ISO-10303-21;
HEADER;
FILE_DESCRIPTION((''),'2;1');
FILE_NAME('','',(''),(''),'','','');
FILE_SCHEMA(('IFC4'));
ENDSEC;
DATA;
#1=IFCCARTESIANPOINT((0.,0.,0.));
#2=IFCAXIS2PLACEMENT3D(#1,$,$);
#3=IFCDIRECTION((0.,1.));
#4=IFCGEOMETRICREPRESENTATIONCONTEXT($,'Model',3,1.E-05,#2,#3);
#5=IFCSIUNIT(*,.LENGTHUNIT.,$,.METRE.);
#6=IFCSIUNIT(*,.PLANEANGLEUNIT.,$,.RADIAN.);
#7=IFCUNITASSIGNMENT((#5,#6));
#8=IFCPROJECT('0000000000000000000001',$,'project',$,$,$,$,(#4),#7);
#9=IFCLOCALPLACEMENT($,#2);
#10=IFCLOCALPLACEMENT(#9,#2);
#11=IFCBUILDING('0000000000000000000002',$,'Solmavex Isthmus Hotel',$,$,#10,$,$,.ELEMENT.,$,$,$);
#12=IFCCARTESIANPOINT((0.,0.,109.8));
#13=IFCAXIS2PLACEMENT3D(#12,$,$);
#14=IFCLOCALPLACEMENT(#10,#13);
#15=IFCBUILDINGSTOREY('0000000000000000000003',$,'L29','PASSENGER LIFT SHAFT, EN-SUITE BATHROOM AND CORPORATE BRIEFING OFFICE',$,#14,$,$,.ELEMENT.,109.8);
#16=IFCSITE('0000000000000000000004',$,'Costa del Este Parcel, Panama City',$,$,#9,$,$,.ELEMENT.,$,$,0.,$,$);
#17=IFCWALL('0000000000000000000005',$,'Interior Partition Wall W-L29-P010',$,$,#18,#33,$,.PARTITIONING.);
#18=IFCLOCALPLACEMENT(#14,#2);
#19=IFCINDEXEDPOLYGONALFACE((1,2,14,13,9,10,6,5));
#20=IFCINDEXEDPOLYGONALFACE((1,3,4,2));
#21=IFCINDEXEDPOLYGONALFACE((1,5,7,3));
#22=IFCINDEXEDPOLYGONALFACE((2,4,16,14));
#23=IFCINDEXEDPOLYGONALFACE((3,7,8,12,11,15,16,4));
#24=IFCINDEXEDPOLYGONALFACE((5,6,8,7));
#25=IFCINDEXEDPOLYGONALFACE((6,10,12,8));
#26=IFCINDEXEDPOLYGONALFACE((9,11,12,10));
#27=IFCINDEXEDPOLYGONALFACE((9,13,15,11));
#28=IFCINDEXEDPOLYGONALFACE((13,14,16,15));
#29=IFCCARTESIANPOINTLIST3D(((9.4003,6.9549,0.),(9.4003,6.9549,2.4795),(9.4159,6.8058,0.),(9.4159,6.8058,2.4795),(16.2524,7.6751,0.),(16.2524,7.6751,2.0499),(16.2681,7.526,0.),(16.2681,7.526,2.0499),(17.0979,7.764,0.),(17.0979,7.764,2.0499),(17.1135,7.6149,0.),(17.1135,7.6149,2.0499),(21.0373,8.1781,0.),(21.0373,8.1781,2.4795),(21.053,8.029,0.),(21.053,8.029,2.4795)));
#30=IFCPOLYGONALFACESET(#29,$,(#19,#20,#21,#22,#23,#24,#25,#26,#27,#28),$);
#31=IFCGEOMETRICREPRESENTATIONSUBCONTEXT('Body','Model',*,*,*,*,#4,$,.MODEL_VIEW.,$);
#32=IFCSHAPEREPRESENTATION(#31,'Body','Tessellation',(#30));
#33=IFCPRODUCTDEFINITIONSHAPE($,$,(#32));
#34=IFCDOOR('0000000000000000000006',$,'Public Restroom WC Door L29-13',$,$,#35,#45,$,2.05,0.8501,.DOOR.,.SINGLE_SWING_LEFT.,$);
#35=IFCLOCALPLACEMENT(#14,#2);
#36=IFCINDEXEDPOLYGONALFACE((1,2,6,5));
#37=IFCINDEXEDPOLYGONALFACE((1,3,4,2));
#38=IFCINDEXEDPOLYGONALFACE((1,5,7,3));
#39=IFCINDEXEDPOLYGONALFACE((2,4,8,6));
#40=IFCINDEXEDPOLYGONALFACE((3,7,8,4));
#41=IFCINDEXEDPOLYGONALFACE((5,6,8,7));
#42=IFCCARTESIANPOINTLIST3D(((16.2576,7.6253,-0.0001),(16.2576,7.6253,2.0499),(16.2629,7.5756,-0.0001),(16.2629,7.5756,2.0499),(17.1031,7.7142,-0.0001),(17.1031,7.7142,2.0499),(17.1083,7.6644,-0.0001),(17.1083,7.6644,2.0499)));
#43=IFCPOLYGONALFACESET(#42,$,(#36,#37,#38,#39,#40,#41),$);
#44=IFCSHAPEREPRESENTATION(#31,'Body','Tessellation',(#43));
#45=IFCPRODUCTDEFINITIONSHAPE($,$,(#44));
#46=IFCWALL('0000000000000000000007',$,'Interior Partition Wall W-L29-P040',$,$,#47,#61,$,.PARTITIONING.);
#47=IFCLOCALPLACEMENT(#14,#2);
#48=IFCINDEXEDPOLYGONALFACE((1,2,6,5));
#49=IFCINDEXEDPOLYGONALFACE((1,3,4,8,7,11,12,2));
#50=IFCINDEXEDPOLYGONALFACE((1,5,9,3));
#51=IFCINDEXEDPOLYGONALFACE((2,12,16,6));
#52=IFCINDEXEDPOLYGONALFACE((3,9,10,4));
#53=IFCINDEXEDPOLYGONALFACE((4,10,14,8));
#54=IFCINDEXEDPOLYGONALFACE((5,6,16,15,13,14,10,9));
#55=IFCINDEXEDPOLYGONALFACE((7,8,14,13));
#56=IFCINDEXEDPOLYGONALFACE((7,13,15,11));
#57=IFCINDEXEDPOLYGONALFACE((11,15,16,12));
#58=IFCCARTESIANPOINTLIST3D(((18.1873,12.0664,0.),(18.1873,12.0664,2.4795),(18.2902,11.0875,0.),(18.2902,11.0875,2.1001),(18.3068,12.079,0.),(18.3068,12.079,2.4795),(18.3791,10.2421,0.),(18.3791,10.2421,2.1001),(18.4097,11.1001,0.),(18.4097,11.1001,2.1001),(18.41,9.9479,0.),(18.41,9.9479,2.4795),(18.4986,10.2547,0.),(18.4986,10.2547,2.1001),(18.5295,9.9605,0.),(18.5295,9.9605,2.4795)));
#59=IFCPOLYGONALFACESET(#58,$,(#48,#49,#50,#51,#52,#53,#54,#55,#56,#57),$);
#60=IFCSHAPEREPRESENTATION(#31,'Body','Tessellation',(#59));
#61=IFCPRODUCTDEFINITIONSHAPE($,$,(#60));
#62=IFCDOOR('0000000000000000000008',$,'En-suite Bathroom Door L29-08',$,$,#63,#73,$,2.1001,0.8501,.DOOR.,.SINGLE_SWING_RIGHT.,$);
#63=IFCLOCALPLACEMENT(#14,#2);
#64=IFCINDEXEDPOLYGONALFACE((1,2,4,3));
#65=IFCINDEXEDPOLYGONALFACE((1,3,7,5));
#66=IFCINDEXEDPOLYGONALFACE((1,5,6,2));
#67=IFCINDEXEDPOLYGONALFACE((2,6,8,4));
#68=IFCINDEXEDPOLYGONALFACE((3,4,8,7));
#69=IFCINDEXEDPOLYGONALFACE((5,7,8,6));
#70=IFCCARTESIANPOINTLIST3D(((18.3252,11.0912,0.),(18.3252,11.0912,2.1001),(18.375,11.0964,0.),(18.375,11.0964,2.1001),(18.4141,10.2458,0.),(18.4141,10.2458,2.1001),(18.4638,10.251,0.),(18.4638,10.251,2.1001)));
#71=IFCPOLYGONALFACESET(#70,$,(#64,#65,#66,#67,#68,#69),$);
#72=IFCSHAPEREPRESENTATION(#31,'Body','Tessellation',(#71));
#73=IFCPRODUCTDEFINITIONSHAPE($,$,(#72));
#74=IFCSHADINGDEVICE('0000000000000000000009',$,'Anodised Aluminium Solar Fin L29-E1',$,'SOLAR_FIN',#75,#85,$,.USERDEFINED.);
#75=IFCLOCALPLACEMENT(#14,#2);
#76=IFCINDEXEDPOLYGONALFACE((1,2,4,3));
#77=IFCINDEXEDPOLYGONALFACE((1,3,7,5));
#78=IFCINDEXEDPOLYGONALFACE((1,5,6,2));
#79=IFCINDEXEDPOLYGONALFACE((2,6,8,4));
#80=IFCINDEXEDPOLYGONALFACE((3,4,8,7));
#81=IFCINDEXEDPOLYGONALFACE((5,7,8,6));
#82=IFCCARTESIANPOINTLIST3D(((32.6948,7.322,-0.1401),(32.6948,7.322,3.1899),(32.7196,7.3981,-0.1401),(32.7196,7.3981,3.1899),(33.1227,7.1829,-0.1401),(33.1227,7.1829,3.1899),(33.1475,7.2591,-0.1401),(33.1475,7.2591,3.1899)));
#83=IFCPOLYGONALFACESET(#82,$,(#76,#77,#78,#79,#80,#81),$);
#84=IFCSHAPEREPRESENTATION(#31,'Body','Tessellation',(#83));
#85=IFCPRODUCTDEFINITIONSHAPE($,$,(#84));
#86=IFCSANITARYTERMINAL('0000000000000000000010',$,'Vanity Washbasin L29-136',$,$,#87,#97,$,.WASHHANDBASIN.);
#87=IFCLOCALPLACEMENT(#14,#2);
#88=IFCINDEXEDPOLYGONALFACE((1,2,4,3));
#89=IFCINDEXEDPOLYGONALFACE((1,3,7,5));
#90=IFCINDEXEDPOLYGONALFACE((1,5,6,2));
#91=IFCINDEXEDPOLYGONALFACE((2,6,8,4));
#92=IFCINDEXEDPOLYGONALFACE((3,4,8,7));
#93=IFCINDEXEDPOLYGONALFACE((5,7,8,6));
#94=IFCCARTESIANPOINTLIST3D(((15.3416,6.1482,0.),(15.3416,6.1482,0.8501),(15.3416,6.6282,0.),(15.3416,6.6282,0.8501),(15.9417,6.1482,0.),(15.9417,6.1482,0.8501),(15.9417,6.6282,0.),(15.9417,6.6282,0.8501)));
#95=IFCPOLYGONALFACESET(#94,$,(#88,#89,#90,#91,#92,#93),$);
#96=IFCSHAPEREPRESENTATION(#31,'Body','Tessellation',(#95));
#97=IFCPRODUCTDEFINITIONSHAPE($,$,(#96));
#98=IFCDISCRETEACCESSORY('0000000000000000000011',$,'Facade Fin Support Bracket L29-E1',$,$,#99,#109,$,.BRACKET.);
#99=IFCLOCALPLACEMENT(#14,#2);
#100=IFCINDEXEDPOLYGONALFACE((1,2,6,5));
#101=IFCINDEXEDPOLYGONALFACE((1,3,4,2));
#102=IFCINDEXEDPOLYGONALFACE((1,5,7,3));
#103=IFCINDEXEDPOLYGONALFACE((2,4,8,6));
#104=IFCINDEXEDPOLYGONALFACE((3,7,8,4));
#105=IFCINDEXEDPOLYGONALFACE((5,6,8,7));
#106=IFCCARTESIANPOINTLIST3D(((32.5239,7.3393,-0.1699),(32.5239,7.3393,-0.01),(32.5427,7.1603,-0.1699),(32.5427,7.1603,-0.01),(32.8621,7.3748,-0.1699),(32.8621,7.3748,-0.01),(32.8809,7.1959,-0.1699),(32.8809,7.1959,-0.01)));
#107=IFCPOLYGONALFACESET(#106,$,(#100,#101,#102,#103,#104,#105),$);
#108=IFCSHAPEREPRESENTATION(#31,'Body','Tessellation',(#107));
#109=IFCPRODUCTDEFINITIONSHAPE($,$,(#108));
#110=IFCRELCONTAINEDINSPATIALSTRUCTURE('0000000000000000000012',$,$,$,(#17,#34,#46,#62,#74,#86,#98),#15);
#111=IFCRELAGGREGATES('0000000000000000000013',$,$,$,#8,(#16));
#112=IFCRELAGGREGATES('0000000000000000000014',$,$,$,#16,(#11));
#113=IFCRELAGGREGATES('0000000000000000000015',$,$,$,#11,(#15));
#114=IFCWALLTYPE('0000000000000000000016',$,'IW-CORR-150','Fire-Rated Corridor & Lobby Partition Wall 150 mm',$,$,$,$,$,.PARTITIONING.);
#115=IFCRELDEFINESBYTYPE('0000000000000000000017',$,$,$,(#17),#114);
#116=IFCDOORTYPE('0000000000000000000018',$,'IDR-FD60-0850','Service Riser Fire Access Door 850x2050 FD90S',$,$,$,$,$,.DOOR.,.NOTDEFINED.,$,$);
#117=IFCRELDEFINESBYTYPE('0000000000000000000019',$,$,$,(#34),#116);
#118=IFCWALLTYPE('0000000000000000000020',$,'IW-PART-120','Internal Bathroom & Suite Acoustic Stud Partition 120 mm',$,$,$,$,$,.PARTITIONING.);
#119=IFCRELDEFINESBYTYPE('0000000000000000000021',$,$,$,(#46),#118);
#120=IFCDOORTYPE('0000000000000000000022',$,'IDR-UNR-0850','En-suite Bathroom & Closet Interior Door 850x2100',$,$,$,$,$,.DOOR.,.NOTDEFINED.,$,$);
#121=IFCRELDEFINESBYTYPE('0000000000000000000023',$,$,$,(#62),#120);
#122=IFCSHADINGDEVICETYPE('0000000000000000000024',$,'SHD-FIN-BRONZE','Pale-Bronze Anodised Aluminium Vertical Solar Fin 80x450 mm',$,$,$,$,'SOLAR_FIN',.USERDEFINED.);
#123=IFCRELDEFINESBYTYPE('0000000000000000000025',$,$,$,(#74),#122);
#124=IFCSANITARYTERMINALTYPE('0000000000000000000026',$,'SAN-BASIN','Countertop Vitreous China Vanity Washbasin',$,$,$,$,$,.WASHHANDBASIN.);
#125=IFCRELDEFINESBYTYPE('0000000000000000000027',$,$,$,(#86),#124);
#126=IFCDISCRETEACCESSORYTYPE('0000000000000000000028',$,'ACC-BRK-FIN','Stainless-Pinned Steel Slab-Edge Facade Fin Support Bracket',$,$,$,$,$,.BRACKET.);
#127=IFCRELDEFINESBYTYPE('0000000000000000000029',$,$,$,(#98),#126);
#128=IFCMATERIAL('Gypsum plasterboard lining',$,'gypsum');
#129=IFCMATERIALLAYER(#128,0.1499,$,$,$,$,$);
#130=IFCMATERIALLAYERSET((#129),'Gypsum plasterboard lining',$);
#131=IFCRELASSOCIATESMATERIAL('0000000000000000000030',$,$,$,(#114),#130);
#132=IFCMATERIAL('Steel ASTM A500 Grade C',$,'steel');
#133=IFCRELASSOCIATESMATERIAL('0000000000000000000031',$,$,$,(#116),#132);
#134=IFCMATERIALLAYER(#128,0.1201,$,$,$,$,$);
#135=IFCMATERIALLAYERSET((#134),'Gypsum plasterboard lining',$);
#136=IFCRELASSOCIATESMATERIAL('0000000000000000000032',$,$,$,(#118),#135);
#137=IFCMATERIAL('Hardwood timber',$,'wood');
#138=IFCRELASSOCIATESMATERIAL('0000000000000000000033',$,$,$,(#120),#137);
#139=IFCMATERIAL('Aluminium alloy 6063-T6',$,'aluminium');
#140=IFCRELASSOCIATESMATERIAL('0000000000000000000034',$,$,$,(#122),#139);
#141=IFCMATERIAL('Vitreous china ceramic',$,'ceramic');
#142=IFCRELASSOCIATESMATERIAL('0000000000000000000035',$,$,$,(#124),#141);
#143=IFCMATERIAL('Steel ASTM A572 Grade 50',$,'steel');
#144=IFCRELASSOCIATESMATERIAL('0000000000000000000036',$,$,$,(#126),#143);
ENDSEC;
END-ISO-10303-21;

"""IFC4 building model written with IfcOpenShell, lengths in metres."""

from ifc_helpers import new_model, si_unit, direction, frame, frame_2d, origin, origin_2d, place, context, subcontext, project, spatial, rectangle, extrude, material, layer, layer_set, type_object, element, fill, save


model = new_model("IFC4")

# Units and contexts
model_context = context("Model", 3, precision=1e-05, world=origin(), true_north=direction((0.0, 1.0)))
body_context = subcontext(model_context, "Body", "Model", "MODEL_VIEW")
ifc_project = project(units=[si_unit("LENGTHUNIT", "METRE"), si_unit("PLANEANGLEUNIT", "RADIAN")], contexts=[model_context])

# Site, building, storey
site_placement = place(None, origin())
site = spatial("IfcSite", under=ifc_project, at=site_placement, Name="Costa del Este Parcel, Panama City", CompositionType="ELEMENT", RefElevation=0.0)
building_placement = place(site_placement, origin())
building = spatial("IfcBuilding", under=site, at=building_placement, Name="Solmavex Isthmus Hotel", CompositionType="ELEMENT")
storey_placement = place(building_placement, frame((0.0, 0.0, 109.8)))
storey = spatial("IfcBuildingStorey", under=building, at=storey_placement, Name="L29", Description="PASSENGER LIFT SHAFT, EN-SUITE BATHROOM AND CORPORATE BRIEFING OFFICE", CompositionType="ELEMENT", Elevation=109.8)

# Shared definitions
ifc_material_1 = material(Name="Aluminium alloy 6063-T6", Category="aluminium")

# Shared definitions
ifc_material_2 = material(Name="Gypsum plasterboard lining", Category="gypsum")
ifc_layer_1 = layer(ifc_material_2, 0.1499)
ifc_layer_set_1 = layer_set([ifc_layer_1], Name="Gypsum plasterboard lining")
wall_type_1 = type_object("IfcWallType", Name="IW-CORR-150", Description="Fire-Rated Corridor & Lobby Partition Wall 150 mm", PredefinedType="PARTITIONING", material=ifc_layer_set_1)

# Walls, openings, doors
wall_1_placement = place(storey_placement, frame((21.0452, 8.1035, 0.0), z_axis=(0.0, 0.0, 1.0), x_axis=(-0.994521, -0.104533, 0.0)))
wall_1 = element("IfcWall", 1, at=wall_1_placement, inside=storey, type_object=wall_type_1, Name="Interior Partition Wall W-L29-P010", PredefinedType="PARTITIONING", context=body_context, shape_type="SweptSolid", body=[
    extrude(rectangle(XDim=11.7012, YDim=0.1499, at=frame_2d((5.8506, 0.0))), origin(), (0.0, 0.0, 1.0), 2.4795),
])
opening_1_placement = place(wall_1_placement, frame((3.9612, 0.0, 0.0)))
opening_1 = element("IfcOpeningElement", 2, at=opening_1_placement, cuts=wall_1, PredefinedType="OPENING", context=body_context, shape_type="SweptSolid", body=[
    extrude(rectangle(XDim=0.8501, YDim=2.05, at=frame_2d((0.425, 1.0249))), frame((0.0, 0.085, 0.0), z_axis=(0.0, -1.0, 0.0), x_axis=(1.0, 0.0, 0.0)), (0.0, 0.0, 1.0), 0.1699),
])
ifc_material_3 = material(Name="Steel ASTM A500 Grade C", Category="steel")
door_type_1 = type_object("IfcDoorType", Name="IDR-FD60-0850", Description="Service Riser Fire Access Door 850x2050 FD90S", OperationType="NOTDEFINED", PredefinedType="DOOR", material=ifc_material_3)
door_1_placement = place(opening_1_placement, frame((0.8501, 0.0, 0.0), z_axis=(0.0, 0.0, 1.0), x_axis=(-1.0, 0.0, 0.0)))
door_1 = element("IfcDoor", 3, at=door_1_placement, inside=storey, type_object=door_type_1, Name="Public Restroom WC Door L29-13", OperationType="SINGLE_SWING_LEFT", OverallHeight=2.05, OverallWidth=0.8501, PredefinedType="DOOR", context=body_context, shape_type="SweptSolid", body=[
    extrude(rectangle(XDim=0.8501, YDim=2.05, at=frame_2d((0.425, 1.0249))), frame((0.0, 0.0249, 0.0), z_axis=(0.0, -1.0, 0.0), x_axis=(1.0, 0.0, 0.0)), (0.0, 0.0, 1.0), 0.05),
])
fill(opening_1, door_1)
ifc_material_4 = material(Name="Hardwood timber", Category="wood")
ifc_layer_2 = layer(ifc_material_2, 0.1201)
ifc_layer_set_2 = layer_set([ifc_layer_2], Name="Gypsum plasterboard lining")
wall_type_2 = type_object("IfcWallType", Name="IW-PART-120", Description="Internal Bathroom & Suite Acoustic Stud Partition 120 mm", PredefinedType="PARTITIONING", material=ifc_layer_set_2)
wall_2_placement = place(storey_placement, frame((18.4697, 9.9543, 0.0), z_axis=(0.0, 0.0, 1.0), x_axis=(-0.10453, 0.994522, 0.0)))
wall_2 = element("IfcWall", 4, at=wall_2_placement, inside=storey, type_object=wall_type_2, Name="Interior Partition Wall W-L29-P040", PredefinedType="PARTITIONING", context=body_context, shape_type="SweptSolid", body=[
    extrude(rectangle(XDim=2.1301, YDim=0.1201, at=frame_2d((1.0649, 0.0))), origin(), (0.0, 0.0, 1.0), 2.4795),
])
opening_2_placement = place(wall_2_placement, frame((0.2957, 0.0, 0.0)))
opening_2 = element("IfcOpeningElement", 5, at=opening_2_placement, cuts=wall_2, PredefinedType="OPENING", context=body_context, shape_type="SweptSolid", body=[
    extrude(rectangle(XDim=0.8501, YDim=2.1001, at=frame_2d((0.425, 1.05))), frame((0.0, 0.0701, 0.0), z_axis=(0.0, -1.0, 0.0), x_axis=(1.0, 0.0, 0.0)), (0.0, 0.0, 1.0), 0.1401),
])
door_type_2 = type_object("IfcDoorType", Name="IDR-UNR-0850", Description="En-suite Bathroom & Closet Interior Door 850x2100", OperationType="NOTDEFINED", PredefinedType="DOOR", material=ifc_material_4)
door_2_placement = place(opening_2_placement, origin())
door_2 = element("IfcDoor", 6, at=door_2_placement, inside=storey, type_object=door_type_2, Name="En-suite Bathroom Door L29-08", OperationType="SINGLE_SWING_RIGHT", OverallHeight=2.1001, OverallWidth=0.8501, PredefinedType="DOOR", context=body_context, shape_type="SweptSolid", body=[
    extrude(rectangle(XDim=0.8501, YDim=2.1001, at=frame_2d((0.425, 1.05))), frame((0.0, 0.0249, 0.0), z_axis=(0.0, -1.0, 0.0), x_axis=(1.0, 0.0, 0.0)), (0.0, 0.0, 1.0), 0.05),
])
fill(opening_2, door_2)

# Shading device
shading_device_type = type_object("IfcShadingDeviceType", Name="SHD-FIN-BRONZE", Description="Pale-Bronze Anodised Aluminium Vertical Solar Fin 80x450 mm", ElementType="SOLAR_FIN", PredefinedType="USERDEFINED", material=ifc_material_1)
shading_device_placement = place(storey_placement, frame((32.9211, 7.2905, -0.1401), z_axis=(0.0, 0.0, 1.0), x_axis=(0.951057, -0.309017, 0.0)))
element("IfcShadingDevice", 7, at=shading_device_placement, inside=storey, type_object=shading_device_type, Name="Anodised Aluminium Solar Fin L29-E1", ObjectType="SOLAR_FIN", PredefinedType="USERDEFINED", context=body_context, shape_type="SweptSolid", body=[
    extrude(rectangle(XDim=0.45, YDim=0.0801, at=origin_2d()), origin(), (0.0, 0.0, 1.0), 3.3301),
])

# Sanitary terminal
ifc_material_5 = material(Name="Vitreous china ceramic", Category="ceramic")
sanitary_terminal_type = type_object("IfcSanitaryTerminalType", Name="SAN-BASIN", Description="Countertop Vitreous China Vanity Washbasin", PredefinedType="WASHHANDBASIN", material=ifc_material_5)
sanitary_terminal_placement = place(storey_placement, frame((15.6416, 6.3882, 0.0), z_axis=(0.0, 0.0, 1.0), x_axis=(1.0, 0.0, 0.0)))
element("IfcSanitaryTerminal", 8, at=sanitary_terminal_placement, inside=storey, type_object=sanitary_terminal_type, Name="Vanity Washbasin L29-136", PredefinedType="WASHHANDBASIN", context=body_context, shape_type="SweptSolid", body=[
    extrude(rectangle(XDim=0.6001, YDim=0.48, at=origin_2d()), origin(), (0.0, 0.0, 1.0), 0.8501),
])

# Discrete accessory
ifc_material_6 = material(Name="Steel ASTM A572 Grade 50", Category="steel")
discrete_accessory_type = type_object("IfcDiscreteAccessoryType", Name="ACC-BRK-FIN", Description="Stainless-Pinned Steel Slab-Edge Facade Fin Support Bracket", PredefinedType="BRACKET", material=ifc_material_6)
discrete_accessory_placement = place(storey_placement, frame((32.7024, 7.2676, -0.1699), z_axis=(0.0, 0.0, 1.0), x_axis=(0.994522, 0.104528, 0.0)))
element("IfcDiscreteAccessory", 9, at=discrete_accessory_placement, inside=storey, type_object=discrete_accessory_type, Name="Facade Fin Support Bracket L29-E1", PredefinedType="BRACKET", context=body_context, shape_type="SweptSolid", body=[
    extrude(rectangle(XDim=0.3401, YDim=0.1799, at=origin_2d()), origin(), (0.0, 0.0, 1.0), 0.1599),
])

save(model, "model.ifc")
